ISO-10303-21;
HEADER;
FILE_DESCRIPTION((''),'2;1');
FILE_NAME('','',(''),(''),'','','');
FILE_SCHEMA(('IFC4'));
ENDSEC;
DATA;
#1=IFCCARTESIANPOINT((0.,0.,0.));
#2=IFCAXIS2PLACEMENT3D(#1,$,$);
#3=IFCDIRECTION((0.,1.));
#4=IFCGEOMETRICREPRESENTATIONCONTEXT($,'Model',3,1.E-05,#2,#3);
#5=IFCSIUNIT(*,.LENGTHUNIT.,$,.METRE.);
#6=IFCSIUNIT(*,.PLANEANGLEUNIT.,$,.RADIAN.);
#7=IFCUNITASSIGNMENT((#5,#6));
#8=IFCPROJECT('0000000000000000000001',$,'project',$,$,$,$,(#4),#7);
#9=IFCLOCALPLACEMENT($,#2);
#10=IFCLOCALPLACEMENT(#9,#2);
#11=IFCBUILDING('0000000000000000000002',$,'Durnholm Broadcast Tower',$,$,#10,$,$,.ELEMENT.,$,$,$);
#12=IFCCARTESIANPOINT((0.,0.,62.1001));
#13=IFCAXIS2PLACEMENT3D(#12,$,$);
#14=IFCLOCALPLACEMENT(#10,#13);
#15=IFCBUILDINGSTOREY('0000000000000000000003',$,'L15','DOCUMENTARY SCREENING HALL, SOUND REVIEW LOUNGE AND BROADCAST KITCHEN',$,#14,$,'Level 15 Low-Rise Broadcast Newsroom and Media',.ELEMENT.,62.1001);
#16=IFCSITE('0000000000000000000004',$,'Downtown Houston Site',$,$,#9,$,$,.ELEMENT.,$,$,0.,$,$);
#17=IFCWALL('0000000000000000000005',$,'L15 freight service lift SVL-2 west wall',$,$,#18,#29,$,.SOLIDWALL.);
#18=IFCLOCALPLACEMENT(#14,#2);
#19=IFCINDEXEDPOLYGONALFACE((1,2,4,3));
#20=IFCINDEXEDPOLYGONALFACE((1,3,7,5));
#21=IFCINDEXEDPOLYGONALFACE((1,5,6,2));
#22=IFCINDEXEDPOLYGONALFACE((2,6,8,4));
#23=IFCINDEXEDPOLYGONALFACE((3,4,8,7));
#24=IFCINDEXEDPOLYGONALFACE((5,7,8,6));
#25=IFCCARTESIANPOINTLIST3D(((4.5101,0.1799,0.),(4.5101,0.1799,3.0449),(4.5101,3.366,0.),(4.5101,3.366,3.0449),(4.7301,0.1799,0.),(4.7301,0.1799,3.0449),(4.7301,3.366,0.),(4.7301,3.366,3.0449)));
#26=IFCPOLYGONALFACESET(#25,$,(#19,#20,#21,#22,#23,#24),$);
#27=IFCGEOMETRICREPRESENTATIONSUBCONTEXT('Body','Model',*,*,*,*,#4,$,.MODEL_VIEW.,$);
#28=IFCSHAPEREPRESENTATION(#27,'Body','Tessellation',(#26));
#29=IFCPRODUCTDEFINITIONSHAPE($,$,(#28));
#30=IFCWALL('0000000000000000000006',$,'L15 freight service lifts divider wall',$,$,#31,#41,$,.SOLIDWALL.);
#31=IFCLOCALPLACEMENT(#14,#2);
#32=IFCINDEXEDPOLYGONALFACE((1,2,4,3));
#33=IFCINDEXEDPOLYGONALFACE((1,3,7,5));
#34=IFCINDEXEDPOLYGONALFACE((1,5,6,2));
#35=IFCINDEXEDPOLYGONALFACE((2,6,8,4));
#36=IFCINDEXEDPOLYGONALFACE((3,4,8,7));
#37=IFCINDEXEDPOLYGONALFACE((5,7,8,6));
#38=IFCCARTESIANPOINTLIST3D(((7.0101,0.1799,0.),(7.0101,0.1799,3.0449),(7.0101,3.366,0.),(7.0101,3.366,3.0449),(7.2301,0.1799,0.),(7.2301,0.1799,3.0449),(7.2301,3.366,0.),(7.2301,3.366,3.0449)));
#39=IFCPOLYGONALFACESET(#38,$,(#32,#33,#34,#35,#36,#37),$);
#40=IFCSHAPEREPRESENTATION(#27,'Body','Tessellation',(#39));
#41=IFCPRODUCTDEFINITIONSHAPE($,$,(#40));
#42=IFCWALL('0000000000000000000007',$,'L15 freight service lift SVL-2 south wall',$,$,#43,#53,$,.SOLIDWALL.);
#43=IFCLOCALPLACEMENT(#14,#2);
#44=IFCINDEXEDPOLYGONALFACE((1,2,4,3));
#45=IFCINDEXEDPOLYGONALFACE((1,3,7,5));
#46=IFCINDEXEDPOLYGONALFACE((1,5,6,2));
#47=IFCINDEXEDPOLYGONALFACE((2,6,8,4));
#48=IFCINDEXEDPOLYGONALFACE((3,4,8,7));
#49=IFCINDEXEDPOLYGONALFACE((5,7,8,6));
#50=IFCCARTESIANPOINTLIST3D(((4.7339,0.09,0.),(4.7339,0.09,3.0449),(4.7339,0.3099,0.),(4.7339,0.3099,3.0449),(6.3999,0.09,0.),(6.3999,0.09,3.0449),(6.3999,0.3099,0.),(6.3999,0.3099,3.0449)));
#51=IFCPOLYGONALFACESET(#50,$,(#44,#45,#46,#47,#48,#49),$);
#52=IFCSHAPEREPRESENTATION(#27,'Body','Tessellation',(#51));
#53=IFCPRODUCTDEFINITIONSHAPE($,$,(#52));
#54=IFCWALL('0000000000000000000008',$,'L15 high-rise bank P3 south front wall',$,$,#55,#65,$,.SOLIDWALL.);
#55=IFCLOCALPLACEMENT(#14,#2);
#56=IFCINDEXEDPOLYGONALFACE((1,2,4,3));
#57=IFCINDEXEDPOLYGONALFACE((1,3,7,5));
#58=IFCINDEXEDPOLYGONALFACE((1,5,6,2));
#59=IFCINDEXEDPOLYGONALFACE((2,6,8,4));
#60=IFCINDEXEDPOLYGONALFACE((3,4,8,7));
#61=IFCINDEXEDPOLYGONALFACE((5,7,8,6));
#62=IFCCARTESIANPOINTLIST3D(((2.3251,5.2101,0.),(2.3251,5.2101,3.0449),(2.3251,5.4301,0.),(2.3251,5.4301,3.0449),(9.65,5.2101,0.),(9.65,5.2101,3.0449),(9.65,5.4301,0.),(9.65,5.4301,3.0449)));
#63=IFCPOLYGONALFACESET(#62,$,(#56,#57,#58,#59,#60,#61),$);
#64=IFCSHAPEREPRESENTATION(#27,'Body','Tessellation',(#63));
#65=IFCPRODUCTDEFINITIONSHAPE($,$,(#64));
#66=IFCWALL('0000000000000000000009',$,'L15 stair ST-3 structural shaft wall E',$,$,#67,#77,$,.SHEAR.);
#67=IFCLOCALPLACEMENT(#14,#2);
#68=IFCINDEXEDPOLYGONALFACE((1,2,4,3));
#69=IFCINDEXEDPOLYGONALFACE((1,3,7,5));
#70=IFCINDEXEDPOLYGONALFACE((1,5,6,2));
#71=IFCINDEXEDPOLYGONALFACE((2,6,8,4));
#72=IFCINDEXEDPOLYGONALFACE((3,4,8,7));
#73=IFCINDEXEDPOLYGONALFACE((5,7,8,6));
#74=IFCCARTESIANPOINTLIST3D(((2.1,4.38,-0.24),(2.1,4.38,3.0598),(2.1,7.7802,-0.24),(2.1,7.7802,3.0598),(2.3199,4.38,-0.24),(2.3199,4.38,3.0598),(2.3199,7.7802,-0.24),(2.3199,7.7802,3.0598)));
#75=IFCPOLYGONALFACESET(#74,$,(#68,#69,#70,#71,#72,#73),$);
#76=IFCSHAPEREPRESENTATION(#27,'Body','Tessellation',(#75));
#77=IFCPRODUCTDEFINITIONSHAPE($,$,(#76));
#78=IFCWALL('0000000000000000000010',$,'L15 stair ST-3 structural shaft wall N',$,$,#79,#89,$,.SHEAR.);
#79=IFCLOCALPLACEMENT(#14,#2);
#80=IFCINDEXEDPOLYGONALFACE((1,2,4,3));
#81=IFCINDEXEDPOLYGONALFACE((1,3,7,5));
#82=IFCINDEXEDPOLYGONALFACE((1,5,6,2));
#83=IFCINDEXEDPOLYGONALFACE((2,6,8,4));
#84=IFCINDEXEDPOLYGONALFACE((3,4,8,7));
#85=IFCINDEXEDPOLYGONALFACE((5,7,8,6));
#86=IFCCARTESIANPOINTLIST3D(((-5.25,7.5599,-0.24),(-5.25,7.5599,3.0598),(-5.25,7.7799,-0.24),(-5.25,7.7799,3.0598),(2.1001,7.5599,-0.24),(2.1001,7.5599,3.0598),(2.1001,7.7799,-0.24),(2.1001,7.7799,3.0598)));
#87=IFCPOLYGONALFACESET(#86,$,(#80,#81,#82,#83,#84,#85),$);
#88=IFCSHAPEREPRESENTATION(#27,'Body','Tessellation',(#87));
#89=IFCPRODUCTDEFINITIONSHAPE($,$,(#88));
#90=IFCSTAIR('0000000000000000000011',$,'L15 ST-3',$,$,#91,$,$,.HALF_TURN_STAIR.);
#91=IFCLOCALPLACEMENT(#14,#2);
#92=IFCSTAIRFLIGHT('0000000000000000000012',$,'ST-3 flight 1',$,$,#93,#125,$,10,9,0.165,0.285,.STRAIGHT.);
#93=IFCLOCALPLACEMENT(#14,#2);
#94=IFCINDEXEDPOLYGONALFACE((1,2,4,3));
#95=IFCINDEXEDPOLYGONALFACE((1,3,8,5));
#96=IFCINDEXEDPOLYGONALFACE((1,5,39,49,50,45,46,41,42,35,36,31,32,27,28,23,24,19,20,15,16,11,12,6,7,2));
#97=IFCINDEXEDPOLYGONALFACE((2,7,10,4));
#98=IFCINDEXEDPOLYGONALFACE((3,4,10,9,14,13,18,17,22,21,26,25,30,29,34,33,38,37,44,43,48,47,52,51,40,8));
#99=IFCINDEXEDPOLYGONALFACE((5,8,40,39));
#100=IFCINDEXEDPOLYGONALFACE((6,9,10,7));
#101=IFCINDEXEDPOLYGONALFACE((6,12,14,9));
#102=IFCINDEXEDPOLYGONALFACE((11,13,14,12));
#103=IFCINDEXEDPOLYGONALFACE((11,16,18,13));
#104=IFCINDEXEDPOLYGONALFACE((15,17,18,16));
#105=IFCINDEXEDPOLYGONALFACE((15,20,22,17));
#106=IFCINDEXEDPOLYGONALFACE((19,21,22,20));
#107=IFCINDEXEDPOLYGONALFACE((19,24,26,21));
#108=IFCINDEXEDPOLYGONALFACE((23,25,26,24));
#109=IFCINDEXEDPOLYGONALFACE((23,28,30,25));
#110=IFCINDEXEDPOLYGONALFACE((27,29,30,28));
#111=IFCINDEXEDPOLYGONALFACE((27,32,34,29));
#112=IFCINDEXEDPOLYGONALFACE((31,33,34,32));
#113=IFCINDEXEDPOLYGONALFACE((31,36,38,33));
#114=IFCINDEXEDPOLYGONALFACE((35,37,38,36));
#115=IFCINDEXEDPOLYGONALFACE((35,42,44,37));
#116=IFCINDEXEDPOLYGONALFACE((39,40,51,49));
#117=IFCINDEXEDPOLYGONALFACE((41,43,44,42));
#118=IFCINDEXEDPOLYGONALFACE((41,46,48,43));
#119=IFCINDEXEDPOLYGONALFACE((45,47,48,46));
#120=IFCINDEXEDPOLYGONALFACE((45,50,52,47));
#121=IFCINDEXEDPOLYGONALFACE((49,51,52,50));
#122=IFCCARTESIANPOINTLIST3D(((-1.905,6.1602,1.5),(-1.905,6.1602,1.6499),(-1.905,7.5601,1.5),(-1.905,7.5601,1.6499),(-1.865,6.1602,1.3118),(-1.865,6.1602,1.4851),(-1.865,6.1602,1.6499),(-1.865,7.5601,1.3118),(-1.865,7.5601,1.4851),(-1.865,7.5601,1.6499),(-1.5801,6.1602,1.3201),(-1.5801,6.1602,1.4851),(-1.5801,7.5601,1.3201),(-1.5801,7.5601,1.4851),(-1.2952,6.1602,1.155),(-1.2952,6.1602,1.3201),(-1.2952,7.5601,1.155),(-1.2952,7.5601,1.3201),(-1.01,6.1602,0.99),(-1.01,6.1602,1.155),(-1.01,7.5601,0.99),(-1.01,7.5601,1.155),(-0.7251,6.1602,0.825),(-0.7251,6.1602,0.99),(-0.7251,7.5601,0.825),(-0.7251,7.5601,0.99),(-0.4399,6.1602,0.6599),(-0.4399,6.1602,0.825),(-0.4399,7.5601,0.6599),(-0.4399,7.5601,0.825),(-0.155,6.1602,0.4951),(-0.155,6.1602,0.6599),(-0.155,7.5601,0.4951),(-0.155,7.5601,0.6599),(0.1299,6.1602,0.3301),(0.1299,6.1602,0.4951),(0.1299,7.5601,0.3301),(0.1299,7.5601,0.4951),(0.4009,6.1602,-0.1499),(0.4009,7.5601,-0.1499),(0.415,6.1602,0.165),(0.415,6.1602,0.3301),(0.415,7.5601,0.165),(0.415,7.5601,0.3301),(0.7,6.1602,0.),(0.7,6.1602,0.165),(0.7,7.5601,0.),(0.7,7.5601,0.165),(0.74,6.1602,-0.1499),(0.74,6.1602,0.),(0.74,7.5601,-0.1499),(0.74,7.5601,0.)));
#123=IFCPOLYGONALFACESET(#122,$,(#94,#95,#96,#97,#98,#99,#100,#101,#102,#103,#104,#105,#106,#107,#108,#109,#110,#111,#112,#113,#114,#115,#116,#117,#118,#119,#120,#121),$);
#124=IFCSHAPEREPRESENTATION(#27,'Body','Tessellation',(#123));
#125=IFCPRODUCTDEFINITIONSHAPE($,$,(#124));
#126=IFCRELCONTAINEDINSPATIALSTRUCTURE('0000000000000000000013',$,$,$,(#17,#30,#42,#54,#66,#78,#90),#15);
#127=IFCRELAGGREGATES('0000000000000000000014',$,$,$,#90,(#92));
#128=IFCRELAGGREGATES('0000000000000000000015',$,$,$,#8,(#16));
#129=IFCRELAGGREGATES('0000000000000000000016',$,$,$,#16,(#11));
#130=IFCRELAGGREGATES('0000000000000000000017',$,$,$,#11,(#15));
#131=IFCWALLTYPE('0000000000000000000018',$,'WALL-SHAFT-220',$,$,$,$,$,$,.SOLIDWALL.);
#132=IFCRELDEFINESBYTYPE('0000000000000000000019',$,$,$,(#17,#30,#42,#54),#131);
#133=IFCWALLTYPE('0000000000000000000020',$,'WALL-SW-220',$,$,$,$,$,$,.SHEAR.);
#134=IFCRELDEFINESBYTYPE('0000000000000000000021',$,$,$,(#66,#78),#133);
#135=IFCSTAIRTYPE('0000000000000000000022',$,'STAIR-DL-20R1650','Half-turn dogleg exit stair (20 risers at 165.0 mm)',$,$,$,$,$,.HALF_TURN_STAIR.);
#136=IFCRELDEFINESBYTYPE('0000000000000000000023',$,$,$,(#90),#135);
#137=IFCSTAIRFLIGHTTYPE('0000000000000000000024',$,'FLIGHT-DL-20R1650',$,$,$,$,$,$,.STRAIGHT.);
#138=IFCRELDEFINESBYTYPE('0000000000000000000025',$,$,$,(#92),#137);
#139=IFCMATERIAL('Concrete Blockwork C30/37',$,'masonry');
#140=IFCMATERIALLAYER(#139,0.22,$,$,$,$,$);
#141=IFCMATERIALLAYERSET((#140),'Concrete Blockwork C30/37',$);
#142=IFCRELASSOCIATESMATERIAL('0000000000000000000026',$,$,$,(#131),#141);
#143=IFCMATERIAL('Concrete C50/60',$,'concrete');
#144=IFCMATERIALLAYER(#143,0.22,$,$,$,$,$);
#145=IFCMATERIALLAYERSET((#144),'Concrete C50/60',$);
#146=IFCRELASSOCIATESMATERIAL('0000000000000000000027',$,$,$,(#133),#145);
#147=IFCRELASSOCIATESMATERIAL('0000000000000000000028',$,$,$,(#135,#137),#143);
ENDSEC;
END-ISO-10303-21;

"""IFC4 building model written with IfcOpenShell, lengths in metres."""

from ifc_helpers import new_model, si_unit, direction, frame, frame_2d, origin, place, context, subcontext, project, spatial, polyline, rectangle, outline, extrude, material, layer, layer_set, type_object, element, aggregate, save


model = new_model("IFC4")

# Units and contexts
model_context = context("Model", 3, precision=1e-05, world=origin(), true_north=direction((0.0, 1.0)))
body_context = subcontext(model_context, "Body", "Model", "MODEL_VIEW")
ifc_project = project(units=[si_unit("LENGTHUNIT", "METRE"), si_unit("PLANEANGLEUNIT", "RADIAN")], contexts=[model_context])

# Site, building, storey
site_placement = place(None, origin())
site = spatial("IfcSite", under=ifc_project, at=site_placement, Name="Downtown Houston Site", CompositionType="ELEMENT", RefElevation=0.0)
building_placement = place(site_placement, origin())
building = spatial("IfcBuilding", under=site, at=building_placement, Name="Durnholm Broadcast Tower", CompositionType="ELEMENT")
storey_placement = place(building_placement, frame((0.0, 0.0, 62.1001)))
storey = spatial("IfcBuildingStorey", under=building, at=storey_placement, Name="L15", Description="DOCUMENTARY SCREENING HALL, SOUND REVIEW LOUNGE AND BROADCAST KITCHEN", LongName="Level 15 Low-Rise Broadcast Newsroom and Media", CompositionType="ELEMENT", Elevation=62.1001)

# Shared definitions
ifc_material_1 = material(Name="Concrete Blockwork C30/37", Category="masonry")
ifc_layer_1 = layer(ifc_material_1, 0.22)
ifc_layer_set_1 = layer_set([ifc_layer_1], Name="Concrete Blockwork C30/37")
wall_type_1 = type_object("IfcWallType", Name="WALL-SHAFT-220", PredefinedType="SOLIDWALL", material=ifc_layer_set_1)

# Walls
for number, where, z_axis, x_axis, name in (
    (1, (4.6201, 0.1799, 0.0), (0.0, 0.0, 1.0), (0.0, 1.0, 0.0), "L15 freight service lift SVL-2 west wall"),
    (2, (7.1201, 0.1799, 0.0), (0.0, 0.0, 1.0), (0.0, 1.0, 0.0), "L15 freight service lifts divider wall"),
):
    element("IfcWall", number, at=place(storey_placement, frame(where, z_axis=z_axis, x_axis=x_axis)), inside=storey, type_object=wall_type_1, Name=name, PredefinedType="SOLIDWALL", context=body_context, shape_type="SweptSolid", body=[
        extrude(rectangle(XDim=3.186, YDim=0.22, at=frame_2d((1.593, 0.0))), origin(), (0.0, 0.0, 1.0), 3.0449),
    ])
wall_1_placement = place(storey_placement, frame((4.7339, 0.2, 0.0), z_axis=(0.0, 0.0, 1.0), x_axis=(1.0, 0.0, 0.0)))
element("IfcWall", 3, at=wall_1_placement, inside=storey, type_object=wall_type_1, Name="L15 freight service lift SVL-2 south wall", PredefinedType="SOLIDWALL", context=body_context, shape_type="SweptSolid", body=[
    extrude(rectangle(XDim=1.666, YDim=0.22, at=frame_2d((0.833, 0.0))), origin(), (0.0, 0.0, 1.0), 3.0449),
])
wall_2_placement = place(storey_placement, frame((2.325, 5.3201, 0.0), z_axis=(0.0, 0.0, 1.0), x_axis=(1.0, 0.0, 0.0)))
element("IfcWall", 4, at=wall_2_placement, inside=storey, type_object=wall_type_1, Name="L15 high-rise bank P3 south front wall", PredefinedType="SOLIDWALL", context=body_context, shape_type="SweptSolid", body=[
    extrude(rectangle(XDim=7.325, YDim=0.22, at=frame_2d((3.6626, 0.0))), origin(), (0.0, 0.0, 1.0), 3.0449),
])
ifc_material_2 = material(Name="Concrete C50/60", Category="concrete")
ifc_layer_2 = layer(ifc_material_2, 0.22)
ifc_layer_set_2 = layer_set([ifc_layer_2], Name="Concrete C50/60")
wall_type_2 = type_object("IfcWallType", Name="WALL-SW-220", PredefinedType="SHEAR", material=ifc_layer_set_2)
wall_3_placement = place(storey_placement, frame((2.21, 4.3799, -0.24), z_axis=(0.0, 0.0, 1.0), x_axis=(0.0, 1.0, 0.0)))
element("IfcWall", 5, at=wall_3_placement, inside=storey, type_object=wall_type_2, Name="L15 stair ST-3 structural shaft wall E", PredefinedType="SHEAR", context=body_context, shape_type="SweptSolid", body=[
    extrude(rectangle(XDim=3.4001, YDim=0.22, at=frame_2d((1.7002, 0.0))), origin(), (0.0, 0.0, 1.0), 3.2998),
])
wall_4_placement = place(storey_placement, frame((2.1001, 7.6699, -0.24), z_axis=(0.0, 0.0, 1.0), x_axis=(-1.0, 0.0, 0.0)))
element("IfcWall", 6, at=wall_4_placement, inside=storey, type_object=wall_type_2, Name="L15 stair ST-3 structural shaft wall N", PredefinedType="SHEAR", context=body_context, shape_type="SweptSolid", body=[
    extrude(rectangle(XDim=7.3501, YDim=0.22, at=frame_2d((3.675, 0.0))), origin(), (0.0, 0.0, 1.0), 3.2998),
])

# Stair, stair flight
stair_type = type_object("IfcStairType", Name="STAIR-DL-20R1650", Description="Half-turn dogleg exit stair (20 risers at 165.0 mm)", PredefinedType="HALF_TURN_STAIR", material=ifc_material_2)
stair_placement = place(storey_placement, origin())
stair = element("IfcStair", 7, at=stair_placement, inside=storey, type_object=stair_type, Name="L15 ST-3", PredefinedType="HALF_TURN_STAIR")
stair_flight_type = type_object("IfcStairFlightType", Name="FLIGHT-DL-20R1650", PredefinedType="STRAIGHT", material=ifc_material_2)
stair_flight_placement = place(storey_placement, frame((0.7, 6.8601, 0.0), z_axis=(0.0, 0.0, 1.0), x_axis=(-1.0, 0.0, 0.0)))
stair_flight = element("IfcStairFlight", 8, at=stair_flight_placement, type_object=stair_flight_type, Name="ST-3 flight 1", NumberOfRisers=10, NumberOfTreads=9, PredefinedType="STRAIGHT", RiserHeight=0.165, TreadLength=0.285, context=body_context, shape_type="SweptSolid", body=[
    extrude(outline(polyline([(-0.04, -0.1499), (-0.04, 0.0), (0.0, 0.0), (0.0, 0.165), (0.2849, 0.165), (0.2849, 0.3301), (0.5701, 0.3301), (0.5701, 0.4951), (0.855, 0.4951), (0.855, 0.6599), (1.1399, 0.6599), (1.1399, 0.825), (1.425, 0.825), (1.425, 0.99), (1.71, 0.99), (1.71, 1.155), (1.9951, 1.155), (1.9951, 1.3201), (2.28, 1.3201), (2.28, 1.4851), (2.5649, 1.4851), (2.5649, 1.6499), (2.605, 1.6499), (2.605, 1.5), (2.5649, 1.3118), (0.2991, -0.1499), (-0.04, -0.1499)])), frame((0.0, 0.7, 0.0), z_axis=(0.0, -1.0, 0.0), x_axis=(1.0, 0.0, 0.0)), (0.0, 0.0, 1.0), 1.3999),
])
aggregate(stair, [stair_flight])

save(model, "model.ifc")
